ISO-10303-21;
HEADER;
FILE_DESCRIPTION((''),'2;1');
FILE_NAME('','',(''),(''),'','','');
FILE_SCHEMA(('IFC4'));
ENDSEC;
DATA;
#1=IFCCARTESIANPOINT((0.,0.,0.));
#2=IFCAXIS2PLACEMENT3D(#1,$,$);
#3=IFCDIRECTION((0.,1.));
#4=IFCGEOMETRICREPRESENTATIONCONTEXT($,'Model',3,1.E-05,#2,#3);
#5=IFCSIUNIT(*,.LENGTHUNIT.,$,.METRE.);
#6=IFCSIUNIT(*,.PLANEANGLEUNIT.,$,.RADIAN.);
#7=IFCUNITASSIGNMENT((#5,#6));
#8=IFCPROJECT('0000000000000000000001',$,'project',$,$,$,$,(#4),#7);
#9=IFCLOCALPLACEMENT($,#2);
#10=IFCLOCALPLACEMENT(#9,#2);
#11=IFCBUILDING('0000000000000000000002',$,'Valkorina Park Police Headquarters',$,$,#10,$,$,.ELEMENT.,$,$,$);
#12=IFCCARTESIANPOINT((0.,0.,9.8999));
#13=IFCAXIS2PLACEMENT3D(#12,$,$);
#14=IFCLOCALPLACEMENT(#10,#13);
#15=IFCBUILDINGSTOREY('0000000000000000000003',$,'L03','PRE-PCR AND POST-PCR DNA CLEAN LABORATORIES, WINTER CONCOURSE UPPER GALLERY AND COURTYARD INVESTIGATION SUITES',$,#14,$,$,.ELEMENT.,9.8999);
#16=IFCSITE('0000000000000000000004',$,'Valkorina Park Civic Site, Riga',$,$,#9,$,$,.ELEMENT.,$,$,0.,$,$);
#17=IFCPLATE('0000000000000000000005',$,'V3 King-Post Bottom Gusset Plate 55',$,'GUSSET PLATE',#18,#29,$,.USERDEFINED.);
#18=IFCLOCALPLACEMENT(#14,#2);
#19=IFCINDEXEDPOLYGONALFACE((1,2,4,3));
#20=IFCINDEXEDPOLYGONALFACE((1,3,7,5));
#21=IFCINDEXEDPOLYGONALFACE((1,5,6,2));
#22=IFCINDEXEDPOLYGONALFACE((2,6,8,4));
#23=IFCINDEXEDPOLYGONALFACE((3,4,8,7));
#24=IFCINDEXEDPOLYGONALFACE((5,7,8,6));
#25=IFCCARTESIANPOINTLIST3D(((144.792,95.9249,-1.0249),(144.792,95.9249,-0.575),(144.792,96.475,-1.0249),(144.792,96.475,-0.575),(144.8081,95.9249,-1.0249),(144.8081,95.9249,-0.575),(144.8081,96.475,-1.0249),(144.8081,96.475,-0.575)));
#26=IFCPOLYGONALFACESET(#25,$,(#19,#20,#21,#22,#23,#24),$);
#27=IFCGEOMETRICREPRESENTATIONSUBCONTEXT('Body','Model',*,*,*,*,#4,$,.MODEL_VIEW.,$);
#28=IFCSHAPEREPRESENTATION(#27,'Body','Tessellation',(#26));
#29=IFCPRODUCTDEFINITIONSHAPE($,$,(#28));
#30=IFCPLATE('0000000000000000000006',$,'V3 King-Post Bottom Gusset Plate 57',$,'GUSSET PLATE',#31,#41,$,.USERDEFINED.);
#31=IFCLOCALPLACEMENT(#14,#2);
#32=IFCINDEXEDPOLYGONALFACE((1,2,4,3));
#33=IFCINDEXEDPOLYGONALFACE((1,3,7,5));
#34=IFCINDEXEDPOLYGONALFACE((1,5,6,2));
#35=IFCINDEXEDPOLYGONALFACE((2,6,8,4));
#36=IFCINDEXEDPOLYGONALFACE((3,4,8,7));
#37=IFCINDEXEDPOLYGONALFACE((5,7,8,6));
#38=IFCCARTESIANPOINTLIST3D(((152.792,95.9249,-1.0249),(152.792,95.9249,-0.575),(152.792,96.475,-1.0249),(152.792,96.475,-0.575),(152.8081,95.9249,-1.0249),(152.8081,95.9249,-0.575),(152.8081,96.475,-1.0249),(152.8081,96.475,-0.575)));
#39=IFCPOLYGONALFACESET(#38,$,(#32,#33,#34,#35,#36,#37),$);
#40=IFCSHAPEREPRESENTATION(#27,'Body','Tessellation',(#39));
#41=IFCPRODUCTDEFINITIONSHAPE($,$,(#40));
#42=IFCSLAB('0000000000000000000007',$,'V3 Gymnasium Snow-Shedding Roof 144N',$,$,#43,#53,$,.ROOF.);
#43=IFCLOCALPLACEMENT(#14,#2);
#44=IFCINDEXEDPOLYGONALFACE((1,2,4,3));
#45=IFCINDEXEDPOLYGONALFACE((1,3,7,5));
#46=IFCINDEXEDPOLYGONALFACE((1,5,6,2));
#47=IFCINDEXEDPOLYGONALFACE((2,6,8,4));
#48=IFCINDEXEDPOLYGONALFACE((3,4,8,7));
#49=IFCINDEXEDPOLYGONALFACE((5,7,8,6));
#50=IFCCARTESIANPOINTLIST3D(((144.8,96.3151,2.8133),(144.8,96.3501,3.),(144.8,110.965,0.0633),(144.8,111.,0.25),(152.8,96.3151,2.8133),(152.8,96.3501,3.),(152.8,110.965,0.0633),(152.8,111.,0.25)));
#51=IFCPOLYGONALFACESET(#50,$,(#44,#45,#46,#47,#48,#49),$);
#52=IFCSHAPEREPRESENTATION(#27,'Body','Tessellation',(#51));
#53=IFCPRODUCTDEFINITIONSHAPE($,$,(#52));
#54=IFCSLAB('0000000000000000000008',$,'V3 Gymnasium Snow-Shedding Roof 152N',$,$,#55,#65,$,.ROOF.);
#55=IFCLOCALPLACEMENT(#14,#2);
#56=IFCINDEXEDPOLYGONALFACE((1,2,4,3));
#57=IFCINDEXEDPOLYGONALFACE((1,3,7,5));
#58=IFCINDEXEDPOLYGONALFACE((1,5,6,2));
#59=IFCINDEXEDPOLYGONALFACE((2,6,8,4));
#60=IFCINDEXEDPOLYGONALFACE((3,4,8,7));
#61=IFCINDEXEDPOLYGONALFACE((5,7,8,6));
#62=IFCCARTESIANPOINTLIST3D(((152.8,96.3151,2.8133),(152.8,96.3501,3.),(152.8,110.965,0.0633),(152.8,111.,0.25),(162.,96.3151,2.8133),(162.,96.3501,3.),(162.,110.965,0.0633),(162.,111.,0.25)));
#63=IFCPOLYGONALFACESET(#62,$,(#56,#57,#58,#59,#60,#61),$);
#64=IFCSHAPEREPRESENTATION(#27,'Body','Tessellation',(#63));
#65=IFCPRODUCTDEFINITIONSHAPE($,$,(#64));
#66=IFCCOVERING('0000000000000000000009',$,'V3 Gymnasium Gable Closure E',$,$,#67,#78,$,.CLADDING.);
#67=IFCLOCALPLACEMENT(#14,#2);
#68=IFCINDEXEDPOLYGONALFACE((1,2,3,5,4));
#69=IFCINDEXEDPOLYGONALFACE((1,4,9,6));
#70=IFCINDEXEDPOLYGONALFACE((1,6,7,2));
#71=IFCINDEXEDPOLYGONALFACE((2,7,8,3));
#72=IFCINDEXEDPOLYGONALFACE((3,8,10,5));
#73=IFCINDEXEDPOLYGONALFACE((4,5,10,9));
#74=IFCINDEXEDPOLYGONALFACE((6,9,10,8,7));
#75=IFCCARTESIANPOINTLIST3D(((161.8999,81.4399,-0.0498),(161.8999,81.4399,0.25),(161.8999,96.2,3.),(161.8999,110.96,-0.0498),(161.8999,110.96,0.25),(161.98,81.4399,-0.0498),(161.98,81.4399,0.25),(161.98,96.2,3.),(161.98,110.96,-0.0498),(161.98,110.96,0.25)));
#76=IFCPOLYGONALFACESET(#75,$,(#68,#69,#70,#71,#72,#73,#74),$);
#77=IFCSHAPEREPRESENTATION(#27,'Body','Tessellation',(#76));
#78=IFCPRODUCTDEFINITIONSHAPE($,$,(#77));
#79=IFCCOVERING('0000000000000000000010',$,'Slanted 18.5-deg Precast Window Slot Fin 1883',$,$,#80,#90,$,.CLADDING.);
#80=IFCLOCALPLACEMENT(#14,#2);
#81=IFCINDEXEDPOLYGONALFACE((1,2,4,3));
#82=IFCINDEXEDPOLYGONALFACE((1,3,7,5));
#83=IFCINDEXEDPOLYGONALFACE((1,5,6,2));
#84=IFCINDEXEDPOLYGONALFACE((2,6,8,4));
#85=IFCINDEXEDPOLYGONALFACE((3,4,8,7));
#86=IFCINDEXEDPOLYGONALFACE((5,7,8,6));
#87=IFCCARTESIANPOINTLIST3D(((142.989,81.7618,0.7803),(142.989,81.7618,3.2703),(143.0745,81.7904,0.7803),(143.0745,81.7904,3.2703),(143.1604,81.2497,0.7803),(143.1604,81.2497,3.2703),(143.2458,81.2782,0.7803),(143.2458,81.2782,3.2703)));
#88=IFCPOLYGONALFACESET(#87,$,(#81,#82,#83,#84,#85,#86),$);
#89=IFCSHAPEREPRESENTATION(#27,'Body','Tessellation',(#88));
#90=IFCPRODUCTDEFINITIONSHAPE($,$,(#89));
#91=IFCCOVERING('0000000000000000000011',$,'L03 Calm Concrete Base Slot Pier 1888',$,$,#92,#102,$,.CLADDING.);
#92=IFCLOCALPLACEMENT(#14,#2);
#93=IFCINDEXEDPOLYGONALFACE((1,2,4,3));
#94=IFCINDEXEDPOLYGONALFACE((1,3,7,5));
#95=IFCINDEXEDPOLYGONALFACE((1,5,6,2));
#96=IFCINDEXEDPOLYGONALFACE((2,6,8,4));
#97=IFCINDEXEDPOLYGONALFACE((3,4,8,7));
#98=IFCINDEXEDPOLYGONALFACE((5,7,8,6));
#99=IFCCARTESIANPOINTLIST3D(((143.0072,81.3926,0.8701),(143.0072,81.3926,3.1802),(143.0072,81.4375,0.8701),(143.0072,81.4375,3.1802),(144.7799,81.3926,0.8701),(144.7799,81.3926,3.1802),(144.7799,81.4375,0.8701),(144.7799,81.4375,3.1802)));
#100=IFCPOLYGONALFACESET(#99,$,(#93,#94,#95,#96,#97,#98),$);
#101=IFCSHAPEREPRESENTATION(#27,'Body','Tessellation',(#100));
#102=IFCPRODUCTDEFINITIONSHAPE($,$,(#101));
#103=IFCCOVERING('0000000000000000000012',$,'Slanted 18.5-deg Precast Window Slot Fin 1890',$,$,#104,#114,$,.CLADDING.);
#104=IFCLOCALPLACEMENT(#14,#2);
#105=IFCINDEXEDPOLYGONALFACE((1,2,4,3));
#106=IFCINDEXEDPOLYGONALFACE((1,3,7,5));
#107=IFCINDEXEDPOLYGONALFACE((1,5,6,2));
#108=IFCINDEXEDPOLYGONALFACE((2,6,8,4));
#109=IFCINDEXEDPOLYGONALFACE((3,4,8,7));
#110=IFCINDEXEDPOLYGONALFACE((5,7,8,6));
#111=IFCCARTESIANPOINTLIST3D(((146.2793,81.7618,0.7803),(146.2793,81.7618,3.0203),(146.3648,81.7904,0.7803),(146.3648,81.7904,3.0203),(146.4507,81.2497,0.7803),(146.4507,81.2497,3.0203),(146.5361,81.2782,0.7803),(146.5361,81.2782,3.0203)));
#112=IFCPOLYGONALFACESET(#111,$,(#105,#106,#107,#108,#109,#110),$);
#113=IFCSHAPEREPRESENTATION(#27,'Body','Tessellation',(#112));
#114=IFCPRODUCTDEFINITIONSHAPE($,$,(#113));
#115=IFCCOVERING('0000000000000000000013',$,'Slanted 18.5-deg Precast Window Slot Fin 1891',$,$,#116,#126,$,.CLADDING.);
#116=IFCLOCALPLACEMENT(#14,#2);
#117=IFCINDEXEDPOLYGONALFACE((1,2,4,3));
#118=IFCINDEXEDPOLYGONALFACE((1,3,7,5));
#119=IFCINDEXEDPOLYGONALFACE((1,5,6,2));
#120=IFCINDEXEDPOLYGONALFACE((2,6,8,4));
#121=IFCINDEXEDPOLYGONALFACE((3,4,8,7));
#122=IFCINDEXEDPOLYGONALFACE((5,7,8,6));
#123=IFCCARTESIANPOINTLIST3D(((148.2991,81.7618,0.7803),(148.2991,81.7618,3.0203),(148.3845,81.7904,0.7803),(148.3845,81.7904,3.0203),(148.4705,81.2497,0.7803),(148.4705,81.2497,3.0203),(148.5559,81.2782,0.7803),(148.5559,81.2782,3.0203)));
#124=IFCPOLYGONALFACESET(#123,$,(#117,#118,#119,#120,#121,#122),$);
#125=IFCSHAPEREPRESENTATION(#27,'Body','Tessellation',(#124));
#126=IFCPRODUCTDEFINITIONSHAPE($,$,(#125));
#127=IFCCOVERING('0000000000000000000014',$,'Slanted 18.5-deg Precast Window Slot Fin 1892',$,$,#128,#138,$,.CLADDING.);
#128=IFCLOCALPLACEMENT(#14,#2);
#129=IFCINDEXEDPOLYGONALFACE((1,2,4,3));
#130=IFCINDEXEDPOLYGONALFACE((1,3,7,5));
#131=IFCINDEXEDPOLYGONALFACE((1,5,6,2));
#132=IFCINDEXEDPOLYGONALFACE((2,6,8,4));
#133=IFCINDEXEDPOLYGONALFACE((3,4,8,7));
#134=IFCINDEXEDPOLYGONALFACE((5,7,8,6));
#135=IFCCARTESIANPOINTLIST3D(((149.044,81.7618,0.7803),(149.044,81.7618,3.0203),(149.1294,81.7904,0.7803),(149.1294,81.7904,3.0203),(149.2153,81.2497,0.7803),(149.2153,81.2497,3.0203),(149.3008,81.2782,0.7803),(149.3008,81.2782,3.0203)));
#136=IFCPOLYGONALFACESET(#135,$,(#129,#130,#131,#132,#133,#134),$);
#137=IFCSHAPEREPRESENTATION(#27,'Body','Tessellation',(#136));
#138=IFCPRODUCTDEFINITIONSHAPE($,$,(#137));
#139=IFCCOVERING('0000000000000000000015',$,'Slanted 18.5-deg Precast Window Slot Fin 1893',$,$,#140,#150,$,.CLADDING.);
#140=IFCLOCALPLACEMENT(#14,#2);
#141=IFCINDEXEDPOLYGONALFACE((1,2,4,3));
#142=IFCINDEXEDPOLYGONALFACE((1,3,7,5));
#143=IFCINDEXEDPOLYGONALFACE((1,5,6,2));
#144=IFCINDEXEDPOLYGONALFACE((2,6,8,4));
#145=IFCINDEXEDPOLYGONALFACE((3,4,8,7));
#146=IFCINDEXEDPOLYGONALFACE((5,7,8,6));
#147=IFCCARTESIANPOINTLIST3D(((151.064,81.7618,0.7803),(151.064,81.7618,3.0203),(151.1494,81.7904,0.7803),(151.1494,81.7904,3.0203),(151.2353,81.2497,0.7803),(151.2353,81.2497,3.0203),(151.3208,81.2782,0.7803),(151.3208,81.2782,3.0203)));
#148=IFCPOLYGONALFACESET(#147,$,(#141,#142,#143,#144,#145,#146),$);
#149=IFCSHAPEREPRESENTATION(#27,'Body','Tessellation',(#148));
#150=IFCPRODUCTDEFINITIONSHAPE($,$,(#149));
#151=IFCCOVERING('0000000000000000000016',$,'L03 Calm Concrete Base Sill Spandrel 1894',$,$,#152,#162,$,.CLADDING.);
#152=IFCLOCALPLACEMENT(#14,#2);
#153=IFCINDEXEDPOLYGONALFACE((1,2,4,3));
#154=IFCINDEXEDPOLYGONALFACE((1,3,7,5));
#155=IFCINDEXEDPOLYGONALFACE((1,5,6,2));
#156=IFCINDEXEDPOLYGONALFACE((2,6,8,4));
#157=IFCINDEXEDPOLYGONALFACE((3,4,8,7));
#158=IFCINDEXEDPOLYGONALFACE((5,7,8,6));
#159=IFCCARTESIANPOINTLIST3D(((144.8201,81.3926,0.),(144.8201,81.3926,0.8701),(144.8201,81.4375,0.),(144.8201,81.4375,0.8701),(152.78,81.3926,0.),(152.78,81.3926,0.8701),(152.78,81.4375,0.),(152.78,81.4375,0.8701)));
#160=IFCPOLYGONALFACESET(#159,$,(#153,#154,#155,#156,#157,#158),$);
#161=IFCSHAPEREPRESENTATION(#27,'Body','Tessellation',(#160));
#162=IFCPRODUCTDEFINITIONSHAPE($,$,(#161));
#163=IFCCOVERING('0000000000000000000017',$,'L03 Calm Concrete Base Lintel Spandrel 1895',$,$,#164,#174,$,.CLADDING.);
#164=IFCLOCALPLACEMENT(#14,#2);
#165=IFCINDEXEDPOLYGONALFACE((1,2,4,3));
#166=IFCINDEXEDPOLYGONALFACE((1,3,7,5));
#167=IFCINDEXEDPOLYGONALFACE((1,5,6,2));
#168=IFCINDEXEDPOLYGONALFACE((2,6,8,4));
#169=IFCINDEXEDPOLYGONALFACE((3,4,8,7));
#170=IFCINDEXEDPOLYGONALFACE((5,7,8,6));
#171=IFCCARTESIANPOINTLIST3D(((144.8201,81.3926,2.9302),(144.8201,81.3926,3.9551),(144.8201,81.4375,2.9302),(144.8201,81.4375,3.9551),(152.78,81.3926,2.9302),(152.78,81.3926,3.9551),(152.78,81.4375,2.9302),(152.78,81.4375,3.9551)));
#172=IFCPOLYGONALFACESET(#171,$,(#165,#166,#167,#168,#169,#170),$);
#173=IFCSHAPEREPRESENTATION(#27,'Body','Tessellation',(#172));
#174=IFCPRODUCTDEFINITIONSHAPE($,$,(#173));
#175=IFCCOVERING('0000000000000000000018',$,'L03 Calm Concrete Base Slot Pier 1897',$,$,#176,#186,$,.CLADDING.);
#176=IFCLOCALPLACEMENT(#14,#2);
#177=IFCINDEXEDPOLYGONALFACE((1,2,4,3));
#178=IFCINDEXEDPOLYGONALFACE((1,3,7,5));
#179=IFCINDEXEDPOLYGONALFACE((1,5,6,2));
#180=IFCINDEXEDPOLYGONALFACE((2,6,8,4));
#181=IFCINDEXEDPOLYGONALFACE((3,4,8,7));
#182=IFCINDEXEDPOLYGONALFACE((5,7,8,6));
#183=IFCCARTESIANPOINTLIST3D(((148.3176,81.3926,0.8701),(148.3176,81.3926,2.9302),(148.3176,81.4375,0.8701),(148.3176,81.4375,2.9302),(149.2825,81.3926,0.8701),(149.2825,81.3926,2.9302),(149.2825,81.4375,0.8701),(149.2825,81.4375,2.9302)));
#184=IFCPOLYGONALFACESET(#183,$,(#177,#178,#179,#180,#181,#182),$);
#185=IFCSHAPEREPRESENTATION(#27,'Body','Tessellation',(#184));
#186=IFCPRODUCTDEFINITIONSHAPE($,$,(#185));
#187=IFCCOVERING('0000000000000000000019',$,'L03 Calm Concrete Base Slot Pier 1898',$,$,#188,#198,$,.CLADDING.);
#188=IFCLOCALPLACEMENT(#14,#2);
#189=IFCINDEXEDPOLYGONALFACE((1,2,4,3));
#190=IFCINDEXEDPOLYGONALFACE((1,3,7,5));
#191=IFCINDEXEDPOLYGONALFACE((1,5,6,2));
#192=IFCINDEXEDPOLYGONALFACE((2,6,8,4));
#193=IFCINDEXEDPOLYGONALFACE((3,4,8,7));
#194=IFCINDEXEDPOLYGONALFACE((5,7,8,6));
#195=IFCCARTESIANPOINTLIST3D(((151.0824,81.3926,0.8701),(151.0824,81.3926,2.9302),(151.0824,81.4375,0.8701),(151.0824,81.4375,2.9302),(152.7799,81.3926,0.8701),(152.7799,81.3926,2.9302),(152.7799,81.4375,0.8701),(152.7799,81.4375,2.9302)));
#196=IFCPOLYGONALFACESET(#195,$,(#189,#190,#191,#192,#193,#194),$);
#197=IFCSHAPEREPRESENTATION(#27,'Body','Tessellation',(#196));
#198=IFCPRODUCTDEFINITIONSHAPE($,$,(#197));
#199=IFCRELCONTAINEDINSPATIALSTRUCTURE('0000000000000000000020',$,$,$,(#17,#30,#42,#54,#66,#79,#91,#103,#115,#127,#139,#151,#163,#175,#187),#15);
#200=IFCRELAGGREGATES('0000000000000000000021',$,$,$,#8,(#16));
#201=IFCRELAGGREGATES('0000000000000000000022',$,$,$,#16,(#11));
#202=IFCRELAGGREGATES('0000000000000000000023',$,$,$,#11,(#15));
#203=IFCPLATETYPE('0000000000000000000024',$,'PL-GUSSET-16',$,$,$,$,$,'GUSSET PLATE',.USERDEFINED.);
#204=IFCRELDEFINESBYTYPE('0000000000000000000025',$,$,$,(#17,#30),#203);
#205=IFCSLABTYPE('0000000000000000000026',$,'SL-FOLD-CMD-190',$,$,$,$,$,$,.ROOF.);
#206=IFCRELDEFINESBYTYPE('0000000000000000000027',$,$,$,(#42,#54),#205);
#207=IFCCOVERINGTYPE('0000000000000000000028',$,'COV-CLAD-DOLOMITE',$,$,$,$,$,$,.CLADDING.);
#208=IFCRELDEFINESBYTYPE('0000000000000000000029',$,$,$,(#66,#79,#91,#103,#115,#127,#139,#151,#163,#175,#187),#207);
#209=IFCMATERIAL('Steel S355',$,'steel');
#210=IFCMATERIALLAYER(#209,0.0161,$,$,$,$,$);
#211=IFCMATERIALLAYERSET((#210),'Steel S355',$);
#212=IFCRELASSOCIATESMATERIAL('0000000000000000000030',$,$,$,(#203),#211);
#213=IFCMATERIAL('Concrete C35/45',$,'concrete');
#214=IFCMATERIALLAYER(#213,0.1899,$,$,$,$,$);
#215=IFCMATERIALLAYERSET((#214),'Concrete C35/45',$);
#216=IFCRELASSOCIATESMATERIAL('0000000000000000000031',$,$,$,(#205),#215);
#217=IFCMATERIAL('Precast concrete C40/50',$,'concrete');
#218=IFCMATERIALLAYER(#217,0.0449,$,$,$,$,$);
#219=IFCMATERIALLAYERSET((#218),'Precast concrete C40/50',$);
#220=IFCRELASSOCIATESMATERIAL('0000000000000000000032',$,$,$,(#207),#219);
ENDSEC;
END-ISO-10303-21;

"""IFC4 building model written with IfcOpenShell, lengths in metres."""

from ifc_helpers import new_model, si_unit, direction, frame, frame_2d, origin, origin_2d, place, context, subcontext, project, spatial, polyline, rectangle, outline, extrude, material, layer, layer_set, type_object, element, save


model = new_model("IFC4")

# Units and contexts
model_context = context("Model", 3, precision=1e-05, world=origin(), true_north=direction((0.0, 1.0)))
body_context = subcontext(model_context, "Body", "Model", "MODEL_VIEW")
ifc_project = project(units=[si_unit("LENGTHUNIT", "METRE"), si_unit("PLANEANGLEUNIT", "RADIAN")], contexts=[model_context])

# Site, building, storey
site_placement = place(None, origin())
site = spatial("IfcSite", under=ifc_project, at=site_placement, Name="Valkorina Park Civic Site, Riga", CompositionType="ELEMENT", RefElevation=0.0)
building_placement = place(site_placement, origin())
building = spatial("IfcBuilding", under=site, at=building_placement, Name="Valkorina Park Police Headquarters", CompositionType="ELEMENT")
storey_placement = place(building_placement, frame((0.0, 0.0, 9.8999)))
storey = spatial("IfcBuildingStorey", under=building, at=storey_placement, Name="L03", Description="PRE-PCR AND POST-PCR DNA CLEAN LABORATORIES, WINTER CONCOURSE UPPER GALLERY AND COURTYARD INVESTIGATION SUITES", CompositionType="ELEMENT", Elevation=9.8999)

# Shared definitions
ifc_material_1 = material(Name="Steel S355", Category="steel")

# Plates
ifc_layer_1 = layer(ifc_material_1, 0.0161)
ifc_layer_set_1 = layer_set([ifc_layer_1], Name="Steel S355")
plate_type_1 = type_object("IfcPlateType", Name="PL-GUSSET-16", ElementType="GUSSET PLATE", PredefinedType="USERDEFINED", material=ifc_layer_set_1)
for number, where, z_axis, x_axis, name in (
    (1, (144.8, 96.2, -1.0249), (0.0, 0.0, 1.0), (1.0, 0.0, 0.0), "V3 King-Post Bottom Gusset Plate 55"),
    (2, (152.8, 96.2, -1.0249), (0.0, 0.0, 1.0), (1.0, 0.0, 0.0), "V3 King-Post Bottom Gusset Plate 57"),
):
    element("IfcPlate", number, at=place(storey_placement, frame(where, z_axis=z_axis, x_axis=x_axis)), inside=storey, type_object=plate_type_1, Name=name, ObjectType="GUSSET PLATE", PredefinedType="USERDEFINED", context=body_context, shape_type="SweptSolid", body=[
        extrude(rectangle(XDim=0.0161, YDim=0.55, at=origin_2d()), origin(), (0.0, 0.0, 1.0), 0.45),
    ])

# Slabs
ifc_material_2 = material(Name="Concrete C35/45", Category="concrete")
ifc_layer_2 = layer(ifc_material_2, 0.1899)
ifc_layer_set_2 = layer_set([ifc_layer_2], Name="Concrete C35/45")
slab_type = type_object("IfcSlabType", Name="SL-FOLD-CMD-190", PredefinedType="ROOF", material=ifc_layer_set_2)
slab_1_placement = place(storey_placement, frame((144.8, 96.3501, 3.0), z_axis=(0.0, 0.184492, 0.982834), x_axis=(1.0, 0.0, 0.0)))
element("IfcSlab", 3, at=slab_1_placement, inside=storey, type_object=slab_type, Name="V3 Gymnasium Snow-Shedding Roof 144N", PredefinedType="ROOF", context=body_context, shape_type="SweptSolid", body=[
    extrude(outline(polyline([(0.0, 0.0), (8.0, 0.0), (8.0, 14.9058), (0.0, 14.9058), (0.0, 0.0)])), origin(), (0.0, 0.0, -1.0), 0.1899),
])
slab_2_placement = place(storey_placement, frame((152.8, 96.3501, 3.0), z_axis=(0.0, 0.184492, 0.982834), x_axis=(1.0, 0.0, 0.0)))
element("IfcSlab", 4, at=slab_2_placement, inside=storey, type_object=slab_type, Name="V3 Gymnasium Snow-Shedding Roof 152N", PredefinedType="ROOF", context=body_context, shape_type="SweptSolid", body=[
    extrude(outline(polyline([(0.0, 0.0), (9.2, 0.0), (9.2, 14.9058), (0.0, 14.9058), (0.0, 0.0)])), origin(), (0.0, 0.0, -1.0), 0.1899),
])

# Coverings
ifc_material_3 = material(Name="Precast concrete C40/50", Category="concrete")
ifc_layer_3 = layer(ifc_material_3, 0.0449)
ifc_layer_set_3 = layer_set([ifc_layer_3], Name="Precast concrete C40/50")
covering_type = type_object("IfcCoveringType", Name="COV-CLAD-DOLOMITE", PredefinedType="CLADDING", material=ifc_layer_set_3)
covering_1_placement = place(storey_placement, frame((161.9399, 81.4399, -0.0498), z_axis=(0.0, 0.0, 1.0), x_axis=(0.0, 1.0, 0.0)))
element("IfcCovering", 5, at=covering_1_placement, inside=storey, type_object=covering_type, Name="V3 Gymnasium Gable Closure E", PredefinedType="CLADDING", context=body_context, shape_type="SweptSolid", body=[
    extrude(outline(polyline([(0.0, 0.0), (29.52, 0.0), (29.52, 0.2998), (14.76, 3.0498), (0.0, 0.2998), (0.0, 0.0)])), frame((0.0, 0.04, 0.0), z_axis=(0.0, -1.0, 0.0), x_axis=(1.0, 0.0, 0.0)), (0.0, 0.0, 1.0), 0.0801),
])
covering_2_placement = place(storey_placement, frame((143.1174, 81.52, 0.7803), z_axis=(0.0, 0.0, 1.0), x_axis=(-0.317305, 0.948324, 0.0)))
element("IfcCovering", 6, at=covering_2_placement, inside=storey, type_object=covering_type, Name="Slanted 18.5-deg Precast Window Slot Fin 1883", PredefinedType="CLADDING", context=body_context, shape_type="SweptSolid", body=[
    extrude(rectangle(XDim=0.54, YDim=0.0901, at=origin_2d()), origin(), (0.0, 0.0, 1.0), 2.49),
])
covering_3_placement = place(storey_placement, frame((143.0073, 81.415, 0.8701), z_axis=(0.0, 0.0, 1.0), x_axis=(1.0, 0.0, 0.0)))
element("IfcCovering", 7, at=covering_3_placement, inside=storey, type_object=covering_type, Name="L03 Calm Concrete Base Slot Pier 1888", PredefinedType="CLADDING", context=body_context, shape_type="SweptSolid", body=[
    extrude(rectangle(XDim=1.7727, YDim=0.0449, at=frame_2d((0.8862, 0.0))), origin(), (0.0, 0.0, 1.0), 2.3101),
])
for number, where, z_axis, x_axis, name in (
    (8, (146.4077, 81.52, 0.7803), (0.0, 0.0, 1.0), (-0.317305, 0.948324, 0.0), "Slanted 18.5-deg Precast Window Slot Fin 1890"),
    (9, (148.4275, 81.52, 0.7803), (0.0, 0.0, 1.0), (-0.317305, 0.948324, 0.0), "Slanted 18.5-deg Precast Window Slot Fin 1891"),
    (10, (149.1724, 81.52, 0.7803), (0.0, 0.0, 1.0), (-0.317305, 0.948324, 0.0), "Slanted 18.5-deg Precast Window Slot Fin 1892"),
    (11, (151.1924, 81.52, 0.7803), (0.0, 0.0, 1.0), (-0.317305, 0.948324, 0.0), "Slanted 18.5-deg Precast Window Slot Fin 1893"),
):
    element("IfcCovering", number, at=place(storey_placement, frame(where, z_axis=z_axis, x_axis=x_axis)), inside=storey, type_object=covering_type, Name=name, PredefinedType="CLADDING", context=body_context, shape_type="SweptSolid", body=[
        extrude(rectangle(XDim=0.54, YDim=0.0901, at=origin_2d()), origin(), (0.0, 0.0, 1.0), 2.24),
    ])
covering_4_placement = place(storey_placement, frame((144.8201, 81.415, 0.0), z_axis=(0.0, 0.0, 1.0), x_axis=(1.0, 0.0, 0.0)))
element("IfcCovering", 12, at=covering_4_placement, inside=storey, type_object=covering_type, Name="L03 Calm Concrete Base Sill Spandrel 1894", PredefinedType="CLADDING", context=body_context, shape_type="SweptSolid", body=[
    extrude(rectangle(XDim=7.96, YDim=0.0449, at=frame_2d((3.98, 0.0))), origin(), (0.0, 0.0, 1.0), 0.8701),
])
covering_5_placement = place(storey_placement, frame((144.8201, 81.415, 2.9302), z_axis=(0.0, 0.0, 1.0), x_axis=(1.0, 0.0, 0.0)))
element("IfcCovering", 13, at=covering_5_placement, inside=storey, type_object=covering_type, Name="L03 Calm Concrete Base Lintel Spandrel 1895", PredefinedType="CLADDING", context=body_context, shape_type="SweptSolid", body=[
    extrude(rectangle(XDim=7.96, YDim=0.0449, at=frame_2d((3.98, 0.0))), origin(), (0.0, 0.0, 1.0), 1.0249),
])
covering_6_placement = place(storey_placement, frame((148.3176, 81.415, 0.8701), z_axis=(0.0, 0.0, 1.0), x_axis=(1.0, 0.0, 0.0)))
element("IfcCovering", 14, at=covering_6_placement, inside=storey, type_object=covering_type, Name="L03 Calm Concrete Base Slot Pier 1897", PredefinedType="CLADDING", context=body_context, shape_type="SweptSolid", body=[
    extrude(rectangle(XDim=0.9648, YDim=0.0449, at=frame_2d((0.4824, 0.0))), origin(), (0.0, 0.0, 1.0), 2.0601),
])
covering_7_placement = place(storey_placement, frame((151.0825, 81.415, 0.8701), z_axis=(0.0, 0.0, 1.0), x_axis=(1.0, 0.0, 0.0)))
element("IfcCovering", 15, at=covering_7_placement, inside=storey, type_object=covering_type, Name="L03 Calm Concrete Base Slot Pier 1898", PredefinedType="CLADDING", context=body_context, shape_type="SweptSolid", body=[
    extrude(rectangle(XDim=1.6975, YDim=0.0449, at=frame_2d((0.8486, 0.0))), origin(), (0.0, 0.0, 1.0), 2.0601),
])

save(model, "model.ifc")
